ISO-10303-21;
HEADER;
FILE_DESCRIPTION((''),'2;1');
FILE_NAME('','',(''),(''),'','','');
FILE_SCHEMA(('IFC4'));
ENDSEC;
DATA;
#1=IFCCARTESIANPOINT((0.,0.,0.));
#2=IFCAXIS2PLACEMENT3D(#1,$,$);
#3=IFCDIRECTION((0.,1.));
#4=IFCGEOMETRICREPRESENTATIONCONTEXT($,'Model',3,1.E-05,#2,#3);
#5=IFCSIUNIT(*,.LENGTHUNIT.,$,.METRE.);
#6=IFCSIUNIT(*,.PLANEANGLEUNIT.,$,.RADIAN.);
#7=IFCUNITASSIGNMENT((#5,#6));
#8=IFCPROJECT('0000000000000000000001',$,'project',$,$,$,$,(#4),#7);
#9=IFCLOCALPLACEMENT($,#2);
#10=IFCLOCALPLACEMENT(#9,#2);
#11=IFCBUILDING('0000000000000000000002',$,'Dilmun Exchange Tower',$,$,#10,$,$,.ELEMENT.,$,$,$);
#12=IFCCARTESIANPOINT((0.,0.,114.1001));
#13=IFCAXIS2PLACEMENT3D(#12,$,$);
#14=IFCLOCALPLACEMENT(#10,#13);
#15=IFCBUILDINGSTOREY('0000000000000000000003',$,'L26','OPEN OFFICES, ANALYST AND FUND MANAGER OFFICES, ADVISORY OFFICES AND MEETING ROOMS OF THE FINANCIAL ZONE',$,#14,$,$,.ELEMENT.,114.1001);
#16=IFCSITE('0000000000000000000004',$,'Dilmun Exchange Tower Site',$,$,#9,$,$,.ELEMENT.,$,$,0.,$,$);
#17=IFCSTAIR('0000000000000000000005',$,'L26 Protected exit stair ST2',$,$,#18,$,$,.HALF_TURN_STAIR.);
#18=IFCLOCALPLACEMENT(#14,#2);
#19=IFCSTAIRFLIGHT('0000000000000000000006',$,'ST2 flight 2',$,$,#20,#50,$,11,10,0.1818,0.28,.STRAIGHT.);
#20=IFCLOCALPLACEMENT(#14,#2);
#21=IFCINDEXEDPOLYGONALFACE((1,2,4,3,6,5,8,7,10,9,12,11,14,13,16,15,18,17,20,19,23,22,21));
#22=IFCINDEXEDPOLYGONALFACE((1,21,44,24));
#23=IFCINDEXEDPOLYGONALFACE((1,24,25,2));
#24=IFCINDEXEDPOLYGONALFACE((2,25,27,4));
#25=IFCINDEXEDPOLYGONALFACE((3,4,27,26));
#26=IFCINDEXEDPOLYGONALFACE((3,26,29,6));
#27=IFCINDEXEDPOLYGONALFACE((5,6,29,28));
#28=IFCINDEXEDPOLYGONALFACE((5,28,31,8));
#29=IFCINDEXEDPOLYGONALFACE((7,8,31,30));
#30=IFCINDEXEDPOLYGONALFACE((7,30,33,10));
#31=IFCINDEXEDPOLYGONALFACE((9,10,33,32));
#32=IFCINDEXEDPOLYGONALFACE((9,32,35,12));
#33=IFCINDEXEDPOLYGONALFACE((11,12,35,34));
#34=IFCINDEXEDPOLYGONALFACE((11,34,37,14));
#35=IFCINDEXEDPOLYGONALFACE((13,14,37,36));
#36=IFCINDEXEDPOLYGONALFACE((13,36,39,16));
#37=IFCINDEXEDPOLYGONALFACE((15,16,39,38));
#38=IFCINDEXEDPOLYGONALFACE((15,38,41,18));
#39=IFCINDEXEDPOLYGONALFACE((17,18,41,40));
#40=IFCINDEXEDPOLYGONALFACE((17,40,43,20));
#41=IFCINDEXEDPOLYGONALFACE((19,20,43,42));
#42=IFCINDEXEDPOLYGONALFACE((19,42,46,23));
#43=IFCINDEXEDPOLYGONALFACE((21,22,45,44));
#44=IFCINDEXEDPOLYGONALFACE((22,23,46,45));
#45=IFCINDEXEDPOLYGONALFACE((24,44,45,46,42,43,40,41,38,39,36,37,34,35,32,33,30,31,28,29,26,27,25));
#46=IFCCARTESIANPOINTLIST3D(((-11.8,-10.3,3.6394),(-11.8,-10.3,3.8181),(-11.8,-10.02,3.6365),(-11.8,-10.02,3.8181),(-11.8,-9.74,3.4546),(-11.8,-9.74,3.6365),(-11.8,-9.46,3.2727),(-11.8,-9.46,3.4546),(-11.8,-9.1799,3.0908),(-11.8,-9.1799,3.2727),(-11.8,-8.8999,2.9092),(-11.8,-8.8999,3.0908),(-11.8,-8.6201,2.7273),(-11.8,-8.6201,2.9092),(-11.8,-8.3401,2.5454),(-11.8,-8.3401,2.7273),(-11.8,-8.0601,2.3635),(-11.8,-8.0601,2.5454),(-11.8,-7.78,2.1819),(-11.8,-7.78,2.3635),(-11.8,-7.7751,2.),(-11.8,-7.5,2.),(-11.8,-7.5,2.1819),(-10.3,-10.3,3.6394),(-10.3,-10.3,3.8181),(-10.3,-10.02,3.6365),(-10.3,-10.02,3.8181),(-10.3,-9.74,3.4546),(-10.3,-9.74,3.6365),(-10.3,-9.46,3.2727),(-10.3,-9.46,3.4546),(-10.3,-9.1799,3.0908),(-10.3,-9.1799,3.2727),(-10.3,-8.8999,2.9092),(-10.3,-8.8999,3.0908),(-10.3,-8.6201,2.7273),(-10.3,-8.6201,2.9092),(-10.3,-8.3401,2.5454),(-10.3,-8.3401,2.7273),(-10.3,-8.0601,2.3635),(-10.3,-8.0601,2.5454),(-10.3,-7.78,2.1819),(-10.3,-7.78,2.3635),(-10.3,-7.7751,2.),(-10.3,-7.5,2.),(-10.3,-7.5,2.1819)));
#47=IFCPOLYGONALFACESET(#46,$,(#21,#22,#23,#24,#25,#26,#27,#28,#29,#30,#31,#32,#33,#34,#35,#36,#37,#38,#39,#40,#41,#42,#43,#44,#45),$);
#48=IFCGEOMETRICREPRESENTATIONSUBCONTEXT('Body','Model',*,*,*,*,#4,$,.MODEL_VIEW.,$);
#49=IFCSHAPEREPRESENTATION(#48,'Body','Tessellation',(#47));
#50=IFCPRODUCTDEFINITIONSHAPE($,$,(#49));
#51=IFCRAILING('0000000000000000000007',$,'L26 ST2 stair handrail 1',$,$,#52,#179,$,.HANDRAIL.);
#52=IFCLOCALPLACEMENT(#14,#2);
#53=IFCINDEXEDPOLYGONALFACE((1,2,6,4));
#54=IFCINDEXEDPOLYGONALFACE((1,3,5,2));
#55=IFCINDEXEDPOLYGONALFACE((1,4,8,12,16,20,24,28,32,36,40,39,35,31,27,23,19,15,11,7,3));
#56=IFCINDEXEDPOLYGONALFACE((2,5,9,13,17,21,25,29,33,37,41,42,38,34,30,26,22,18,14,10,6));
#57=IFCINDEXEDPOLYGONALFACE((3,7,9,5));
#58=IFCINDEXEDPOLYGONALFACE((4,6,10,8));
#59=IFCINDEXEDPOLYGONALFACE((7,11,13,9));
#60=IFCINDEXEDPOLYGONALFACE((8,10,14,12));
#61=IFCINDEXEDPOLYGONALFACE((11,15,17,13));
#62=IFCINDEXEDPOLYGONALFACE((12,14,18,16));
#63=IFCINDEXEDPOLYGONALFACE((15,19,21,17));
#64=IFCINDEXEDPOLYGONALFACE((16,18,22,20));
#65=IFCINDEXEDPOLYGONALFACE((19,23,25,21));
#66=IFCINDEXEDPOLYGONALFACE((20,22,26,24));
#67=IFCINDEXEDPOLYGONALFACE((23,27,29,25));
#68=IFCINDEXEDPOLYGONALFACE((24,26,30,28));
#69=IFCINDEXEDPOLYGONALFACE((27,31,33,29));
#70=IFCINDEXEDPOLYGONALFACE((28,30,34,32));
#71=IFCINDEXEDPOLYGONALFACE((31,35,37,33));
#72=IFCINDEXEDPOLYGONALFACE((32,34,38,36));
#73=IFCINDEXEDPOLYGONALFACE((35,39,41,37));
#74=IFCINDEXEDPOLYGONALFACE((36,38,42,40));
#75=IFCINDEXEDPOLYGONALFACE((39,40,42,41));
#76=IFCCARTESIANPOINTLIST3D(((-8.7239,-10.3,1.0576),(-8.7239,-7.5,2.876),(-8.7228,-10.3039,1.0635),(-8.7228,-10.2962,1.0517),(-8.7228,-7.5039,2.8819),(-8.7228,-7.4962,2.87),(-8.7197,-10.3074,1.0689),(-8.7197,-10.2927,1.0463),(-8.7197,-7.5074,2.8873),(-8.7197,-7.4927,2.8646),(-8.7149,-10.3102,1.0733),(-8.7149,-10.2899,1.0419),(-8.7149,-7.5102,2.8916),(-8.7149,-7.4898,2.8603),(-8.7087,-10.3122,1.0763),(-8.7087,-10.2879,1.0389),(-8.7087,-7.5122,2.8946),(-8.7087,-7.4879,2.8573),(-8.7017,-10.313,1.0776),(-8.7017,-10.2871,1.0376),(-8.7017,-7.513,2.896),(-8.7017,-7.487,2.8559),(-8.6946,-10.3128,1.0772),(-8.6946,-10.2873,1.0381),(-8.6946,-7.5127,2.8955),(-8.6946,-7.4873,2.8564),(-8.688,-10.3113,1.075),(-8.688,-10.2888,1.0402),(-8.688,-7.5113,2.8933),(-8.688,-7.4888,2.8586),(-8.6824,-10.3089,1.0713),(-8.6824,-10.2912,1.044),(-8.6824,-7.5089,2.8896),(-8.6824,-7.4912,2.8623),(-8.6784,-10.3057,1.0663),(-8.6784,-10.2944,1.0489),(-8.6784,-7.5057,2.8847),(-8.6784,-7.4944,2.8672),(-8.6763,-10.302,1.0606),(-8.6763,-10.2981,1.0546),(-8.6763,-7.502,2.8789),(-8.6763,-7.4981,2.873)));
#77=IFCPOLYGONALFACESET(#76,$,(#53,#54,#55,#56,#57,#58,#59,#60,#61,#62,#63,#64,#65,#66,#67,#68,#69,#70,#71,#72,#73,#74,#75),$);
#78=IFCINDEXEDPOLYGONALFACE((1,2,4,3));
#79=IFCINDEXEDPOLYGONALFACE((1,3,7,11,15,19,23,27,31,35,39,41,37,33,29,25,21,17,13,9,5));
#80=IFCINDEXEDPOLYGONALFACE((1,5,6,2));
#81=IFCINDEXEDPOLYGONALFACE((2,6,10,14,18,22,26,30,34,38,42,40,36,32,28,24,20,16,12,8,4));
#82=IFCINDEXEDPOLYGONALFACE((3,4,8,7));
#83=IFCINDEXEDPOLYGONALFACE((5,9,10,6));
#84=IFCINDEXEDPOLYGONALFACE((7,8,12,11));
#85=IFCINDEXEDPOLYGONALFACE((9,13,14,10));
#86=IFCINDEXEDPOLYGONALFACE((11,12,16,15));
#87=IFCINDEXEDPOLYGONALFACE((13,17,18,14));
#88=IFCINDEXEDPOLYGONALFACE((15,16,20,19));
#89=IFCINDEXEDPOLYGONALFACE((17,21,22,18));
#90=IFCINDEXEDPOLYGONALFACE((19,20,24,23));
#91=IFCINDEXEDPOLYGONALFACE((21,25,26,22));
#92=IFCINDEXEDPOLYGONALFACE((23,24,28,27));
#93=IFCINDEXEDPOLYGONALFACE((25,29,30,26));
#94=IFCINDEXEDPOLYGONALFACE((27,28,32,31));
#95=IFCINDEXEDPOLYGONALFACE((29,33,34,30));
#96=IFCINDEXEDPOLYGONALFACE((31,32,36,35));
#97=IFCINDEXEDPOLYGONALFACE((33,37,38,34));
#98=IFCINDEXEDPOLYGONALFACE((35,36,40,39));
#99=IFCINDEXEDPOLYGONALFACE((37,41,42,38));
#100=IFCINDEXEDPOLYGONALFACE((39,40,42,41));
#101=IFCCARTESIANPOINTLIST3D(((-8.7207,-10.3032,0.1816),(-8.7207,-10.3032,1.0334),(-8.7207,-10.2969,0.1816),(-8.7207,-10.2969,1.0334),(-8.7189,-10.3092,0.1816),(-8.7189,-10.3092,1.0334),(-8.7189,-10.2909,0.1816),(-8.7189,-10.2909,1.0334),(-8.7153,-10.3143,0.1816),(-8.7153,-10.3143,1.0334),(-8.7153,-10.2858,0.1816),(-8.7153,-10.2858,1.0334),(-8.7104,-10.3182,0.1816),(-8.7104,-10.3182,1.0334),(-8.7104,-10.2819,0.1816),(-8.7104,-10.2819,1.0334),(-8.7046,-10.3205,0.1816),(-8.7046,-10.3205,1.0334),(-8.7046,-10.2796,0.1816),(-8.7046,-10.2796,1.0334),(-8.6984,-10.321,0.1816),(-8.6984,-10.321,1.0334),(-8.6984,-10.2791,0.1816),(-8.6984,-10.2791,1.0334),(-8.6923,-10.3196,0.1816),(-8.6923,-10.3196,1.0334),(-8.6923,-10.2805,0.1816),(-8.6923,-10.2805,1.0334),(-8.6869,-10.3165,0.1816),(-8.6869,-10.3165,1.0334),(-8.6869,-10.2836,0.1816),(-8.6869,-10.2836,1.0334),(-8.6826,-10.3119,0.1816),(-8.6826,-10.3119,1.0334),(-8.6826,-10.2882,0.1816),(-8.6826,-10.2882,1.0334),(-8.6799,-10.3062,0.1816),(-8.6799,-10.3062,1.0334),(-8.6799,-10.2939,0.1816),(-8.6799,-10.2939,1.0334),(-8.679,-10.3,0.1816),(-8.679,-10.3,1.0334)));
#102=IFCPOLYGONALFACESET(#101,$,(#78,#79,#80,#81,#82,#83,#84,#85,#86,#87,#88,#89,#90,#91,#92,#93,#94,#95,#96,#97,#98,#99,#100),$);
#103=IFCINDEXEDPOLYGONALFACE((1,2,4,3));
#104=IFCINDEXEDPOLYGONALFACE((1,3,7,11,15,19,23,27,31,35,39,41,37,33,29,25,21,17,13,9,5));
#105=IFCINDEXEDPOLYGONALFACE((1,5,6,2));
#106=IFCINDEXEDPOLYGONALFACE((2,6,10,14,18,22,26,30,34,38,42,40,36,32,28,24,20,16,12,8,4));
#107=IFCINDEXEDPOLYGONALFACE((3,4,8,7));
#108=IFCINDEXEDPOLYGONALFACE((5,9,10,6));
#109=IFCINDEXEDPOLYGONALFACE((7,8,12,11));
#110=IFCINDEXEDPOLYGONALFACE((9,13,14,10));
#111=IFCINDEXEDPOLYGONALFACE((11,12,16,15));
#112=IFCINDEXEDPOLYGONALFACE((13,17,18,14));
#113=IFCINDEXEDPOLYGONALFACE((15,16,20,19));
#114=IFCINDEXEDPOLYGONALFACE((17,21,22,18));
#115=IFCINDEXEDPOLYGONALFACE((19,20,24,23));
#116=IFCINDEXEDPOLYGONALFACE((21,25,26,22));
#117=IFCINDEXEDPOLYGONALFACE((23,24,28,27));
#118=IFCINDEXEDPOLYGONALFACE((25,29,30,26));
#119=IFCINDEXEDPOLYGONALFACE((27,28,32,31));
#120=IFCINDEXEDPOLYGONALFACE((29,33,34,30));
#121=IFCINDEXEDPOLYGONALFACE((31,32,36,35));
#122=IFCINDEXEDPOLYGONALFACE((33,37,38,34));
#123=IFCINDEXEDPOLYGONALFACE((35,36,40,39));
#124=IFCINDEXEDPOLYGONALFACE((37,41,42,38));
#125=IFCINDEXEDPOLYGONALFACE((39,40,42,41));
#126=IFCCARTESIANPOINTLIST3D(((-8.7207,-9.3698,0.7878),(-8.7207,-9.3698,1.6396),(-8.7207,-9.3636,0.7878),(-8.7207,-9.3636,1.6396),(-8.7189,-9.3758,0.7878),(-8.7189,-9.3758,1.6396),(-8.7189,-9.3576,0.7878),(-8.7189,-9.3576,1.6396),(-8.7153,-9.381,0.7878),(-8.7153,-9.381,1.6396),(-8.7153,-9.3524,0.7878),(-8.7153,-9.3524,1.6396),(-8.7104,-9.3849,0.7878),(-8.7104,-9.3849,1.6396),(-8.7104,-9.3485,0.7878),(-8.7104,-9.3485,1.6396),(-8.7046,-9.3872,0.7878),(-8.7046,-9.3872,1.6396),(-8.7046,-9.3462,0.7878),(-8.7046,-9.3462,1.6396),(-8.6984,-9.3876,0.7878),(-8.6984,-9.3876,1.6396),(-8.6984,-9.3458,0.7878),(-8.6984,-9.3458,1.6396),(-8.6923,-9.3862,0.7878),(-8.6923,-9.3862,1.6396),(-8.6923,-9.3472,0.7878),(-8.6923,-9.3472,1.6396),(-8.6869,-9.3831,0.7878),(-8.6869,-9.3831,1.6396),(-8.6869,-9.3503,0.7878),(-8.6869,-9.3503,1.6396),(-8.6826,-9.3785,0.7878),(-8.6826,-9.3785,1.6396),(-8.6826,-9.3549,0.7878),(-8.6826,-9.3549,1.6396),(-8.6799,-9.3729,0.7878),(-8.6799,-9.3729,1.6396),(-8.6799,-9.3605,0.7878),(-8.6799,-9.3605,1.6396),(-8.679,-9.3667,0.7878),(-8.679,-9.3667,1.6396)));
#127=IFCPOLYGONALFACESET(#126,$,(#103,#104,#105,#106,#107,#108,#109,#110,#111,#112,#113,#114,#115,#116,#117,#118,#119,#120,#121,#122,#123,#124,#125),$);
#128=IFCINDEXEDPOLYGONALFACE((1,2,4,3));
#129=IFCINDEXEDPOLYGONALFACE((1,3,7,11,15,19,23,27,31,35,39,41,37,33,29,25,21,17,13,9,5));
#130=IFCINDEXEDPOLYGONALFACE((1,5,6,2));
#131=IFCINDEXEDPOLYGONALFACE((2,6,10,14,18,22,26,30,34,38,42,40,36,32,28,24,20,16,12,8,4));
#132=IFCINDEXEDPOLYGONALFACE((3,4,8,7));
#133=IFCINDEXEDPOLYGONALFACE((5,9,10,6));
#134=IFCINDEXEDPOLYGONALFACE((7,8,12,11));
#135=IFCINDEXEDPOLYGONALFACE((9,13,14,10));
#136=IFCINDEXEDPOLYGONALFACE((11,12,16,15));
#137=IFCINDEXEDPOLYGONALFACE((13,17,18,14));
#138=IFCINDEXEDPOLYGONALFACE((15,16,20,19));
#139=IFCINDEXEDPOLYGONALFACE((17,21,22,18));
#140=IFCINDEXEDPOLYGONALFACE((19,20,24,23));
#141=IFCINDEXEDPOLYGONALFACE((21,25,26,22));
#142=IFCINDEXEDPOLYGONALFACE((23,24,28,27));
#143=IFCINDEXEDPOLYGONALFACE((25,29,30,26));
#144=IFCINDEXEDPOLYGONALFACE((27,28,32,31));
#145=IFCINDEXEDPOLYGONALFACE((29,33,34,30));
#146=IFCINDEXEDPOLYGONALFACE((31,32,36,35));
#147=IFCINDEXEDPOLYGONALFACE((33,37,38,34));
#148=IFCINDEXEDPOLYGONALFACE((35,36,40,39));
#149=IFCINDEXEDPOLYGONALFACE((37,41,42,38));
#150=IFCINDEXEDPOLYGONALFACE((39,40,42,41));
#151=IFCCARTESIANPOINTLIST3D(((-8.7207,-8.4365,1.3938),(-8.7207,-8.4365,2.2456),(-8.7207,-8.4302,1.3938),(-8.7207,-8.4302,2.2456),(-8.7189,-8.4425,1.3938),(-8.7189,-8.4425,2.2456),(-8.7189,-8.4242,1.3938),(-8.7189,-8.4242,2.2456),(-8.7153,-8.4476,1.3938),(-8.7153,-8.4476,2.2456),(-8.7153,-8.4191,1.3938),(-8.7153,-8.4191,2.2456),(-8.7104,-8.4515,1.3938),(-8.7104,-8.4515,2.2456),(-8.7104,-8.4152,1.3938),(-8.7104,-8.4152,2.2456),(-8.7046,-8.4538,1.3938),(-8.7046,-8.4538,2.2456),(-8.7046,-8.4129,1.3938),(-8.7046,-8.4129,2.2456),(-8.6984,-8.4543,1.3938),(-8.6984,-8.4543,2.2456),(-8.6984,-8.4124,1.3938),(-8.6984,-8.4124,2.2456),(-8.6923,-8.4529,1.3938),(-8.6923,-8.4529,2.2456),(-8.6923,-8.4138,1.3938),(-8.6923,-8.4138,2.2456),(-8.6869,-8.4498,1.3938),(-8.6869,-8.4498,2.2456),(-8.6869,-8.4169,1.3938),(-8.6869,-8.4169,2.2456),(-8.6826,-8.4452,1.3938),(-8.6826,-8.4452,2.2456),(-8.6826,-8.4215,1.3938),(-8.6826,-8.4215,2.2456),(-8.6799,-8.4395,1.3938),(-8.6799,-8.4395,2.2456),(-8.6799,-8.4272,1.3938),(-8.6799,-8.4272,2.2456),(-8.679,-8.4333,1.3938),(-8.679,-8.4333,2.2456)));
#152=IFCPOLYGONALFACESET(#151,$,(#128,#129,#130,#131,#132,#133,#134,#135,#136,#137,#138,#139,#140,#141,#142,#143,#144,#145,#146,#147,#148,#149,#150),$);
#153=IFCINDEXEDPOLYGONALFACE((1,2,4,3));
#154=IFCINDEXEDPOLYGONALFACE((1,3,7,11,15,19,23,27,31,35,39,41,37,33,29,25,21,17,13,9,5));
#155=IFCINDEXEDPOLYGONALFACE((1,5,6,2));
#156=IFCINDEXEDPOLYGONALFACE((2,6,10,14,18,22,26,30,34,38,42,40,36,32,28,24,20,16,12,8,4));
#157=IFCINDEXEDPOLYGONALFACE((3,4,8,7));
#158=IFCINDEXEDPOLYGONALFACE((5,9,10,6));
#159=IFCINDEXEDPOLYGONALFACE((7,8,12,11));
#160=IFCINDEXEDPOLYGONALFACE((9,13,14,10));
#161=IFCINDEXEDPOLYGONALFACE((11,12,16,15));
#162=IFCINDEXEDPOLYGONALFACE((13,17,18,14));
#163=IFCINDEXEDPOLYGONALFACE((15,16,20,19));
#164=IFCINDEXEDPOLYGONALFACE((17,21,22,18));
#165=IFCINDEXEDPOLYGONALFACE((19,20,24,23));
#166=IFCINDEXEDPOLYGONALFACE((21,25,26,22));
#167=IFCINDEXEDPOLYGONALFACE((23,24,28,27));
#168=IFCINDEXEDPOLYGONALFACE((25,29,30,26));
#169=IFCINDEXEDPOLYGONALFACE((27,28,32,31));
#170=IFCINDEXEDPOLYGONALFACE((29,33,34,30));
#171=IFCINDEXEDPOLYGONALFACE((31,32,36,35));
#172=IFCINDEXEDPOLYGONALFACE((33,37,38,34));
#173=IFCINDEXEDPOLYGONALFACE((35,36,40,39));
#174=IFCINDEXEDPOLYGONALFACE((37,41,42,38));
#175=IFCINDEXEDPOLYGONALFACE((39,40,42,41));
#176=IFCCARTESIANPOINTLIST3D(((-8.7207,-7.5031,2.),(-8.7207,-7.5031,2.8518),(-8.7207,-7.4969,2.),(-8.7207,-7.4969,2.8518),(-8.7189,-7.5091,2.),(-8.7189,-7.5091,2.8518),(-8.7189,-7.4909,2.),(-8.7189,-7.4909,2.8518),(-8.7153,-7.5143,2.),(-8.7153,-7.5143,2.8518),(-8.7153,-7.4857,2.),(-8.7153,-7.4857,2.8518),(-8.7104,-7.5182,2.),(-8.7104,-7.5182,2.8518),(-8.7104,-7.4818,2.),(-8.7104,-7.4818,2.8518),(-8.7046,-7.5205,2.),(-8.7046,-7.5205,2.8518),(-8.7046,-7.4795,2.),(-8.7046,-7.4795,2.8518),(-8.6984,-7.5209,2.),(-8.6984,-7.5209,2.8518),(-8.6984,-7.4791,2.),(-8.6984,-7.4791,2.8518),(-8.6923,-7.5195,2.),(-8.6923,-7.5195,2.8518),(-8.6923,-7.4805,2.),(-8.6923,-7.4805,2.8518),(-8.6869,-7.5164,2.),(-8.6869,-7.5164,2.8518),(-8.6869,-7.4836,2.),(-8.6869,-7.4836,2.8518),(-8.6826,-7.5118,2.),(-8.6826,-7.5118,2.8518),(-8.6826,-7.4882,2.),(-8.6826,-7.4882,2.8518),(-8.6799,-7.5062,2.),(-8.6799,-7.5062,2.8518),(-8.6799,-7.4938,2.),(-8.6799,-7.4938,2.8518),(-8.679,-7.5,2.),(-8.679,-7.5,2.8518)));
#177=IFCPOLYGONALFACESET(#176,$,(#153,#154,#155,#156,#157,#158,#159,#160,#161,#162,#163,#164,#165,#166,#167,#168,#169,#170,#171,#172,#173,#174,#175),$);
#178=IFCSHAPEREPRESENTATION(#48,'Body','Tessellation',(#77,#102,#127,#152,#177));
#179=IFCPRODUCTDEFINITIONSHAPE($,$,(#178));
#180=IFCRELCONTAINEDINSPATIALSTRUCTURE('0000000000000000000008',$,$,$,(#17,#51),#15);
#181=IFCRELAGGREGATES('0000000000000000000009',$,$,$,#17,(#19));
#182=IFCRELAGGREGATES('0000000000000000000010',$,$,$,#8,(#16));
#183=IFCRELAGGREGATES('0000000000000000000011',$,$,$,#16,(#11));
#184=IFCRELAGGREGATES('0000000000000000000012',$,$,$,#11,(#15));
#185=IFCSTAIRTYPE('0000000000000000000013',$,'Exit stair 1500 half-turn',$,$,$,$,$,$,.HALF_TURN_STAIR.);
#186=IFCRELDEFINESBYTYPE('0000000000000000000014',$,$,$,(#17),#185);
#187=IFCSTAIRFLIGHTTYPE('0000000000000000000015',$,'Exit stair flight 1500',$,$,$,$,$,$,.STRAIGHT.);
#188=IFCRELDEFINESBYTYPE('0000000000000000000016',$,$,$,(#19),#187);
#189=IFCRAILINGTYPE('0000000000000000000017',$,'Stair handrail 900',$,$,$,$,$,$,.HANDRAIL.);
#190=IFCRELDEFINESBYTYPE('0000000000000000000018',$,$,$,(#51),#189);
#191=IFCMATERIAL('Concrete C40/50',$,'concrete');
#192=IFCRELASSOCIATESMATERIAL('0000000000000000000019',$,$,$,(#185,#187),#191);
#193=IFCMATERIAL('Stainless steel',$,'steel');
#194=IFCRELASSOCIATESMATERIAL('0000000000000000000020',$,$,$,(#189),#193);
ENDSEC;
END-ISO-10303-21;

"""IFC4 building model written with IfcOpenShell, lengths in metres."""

from ifc_helpers import new_model, si_unit, direction, frame, origin, origin_2d, place, context, subcontext, project, spatial, polyline, circle, outline, extrude, material, type_object, element, aggregate, save


model = new_model("IFC4")

# Units and contexts
model_context = context("Model", 3, precision=1e-05, world=origin(), true_north=direction((0.0, 1.0)))
body_context = subcontext(model_context, "Body", "Model", "MODEL_VIEW")
ifc_project = project(units=[si_unit("LENGTHUNIT", "METRE"), si_unit("PLANEANGLEUNIT", "RADIAN")], contexts=[model_context])

# Site, building, storey
site_placement = place(None, origin())
site = spatial("IfcSite", under=ifc_project, at=site_placement, Name="Dilmun Exchange Tower Site", CompositionType="ELEMENT", RefElevation=0.0)
building_placement = place(site_placement, origin())
building = spatial("IfcBuilding", under=site, at=building_placement, Name="Dilmun Exchange Tower", CompositionType="ELEMENT")
storey_placement = place(building_placement, frame((0.0, 0.0, 114.1001)))
storey = spatial("IfcBuildingStorey", under=building, at=storey_placement, Name="L26", Description="OPEN OFFICES, ANALYST AND FUND MANAGER OFFICES, ADVISORY OFFICES AND MEETING ROOMS OF THE FINANCIAL ZONE", CompositionType="ELEMENT", Elevation=114.1001)

# Shared definitions
ifc_material_1 = material(Name="Concrete C40/50", Category="concrete")

# Stair, stair flight
stair_type = type_object("IfcStairType", Name="Exit stair 1500 half-turn", PredefinedType="HALF_TURN_STAIR", material=ifc_material_1)
stair_placement = place(storey_placement, origin())
stair = element("IfcStair", 1, at=stair_placement, inside=storey, type_object=stair_type, Name="L26 Protected exit stair ST2", PredefinedType="HALF_TURN_STAIR")
stair_flight_type = type_object("IfcStairFlightType", Name="Exit stair flight 1500", PredefinedType="STRAIGHT", material=ifc_material_1)
stair_flight_placement = place(storey_placement, frame((-11.05, -7.5, 2.0), z_axis=(0.0, 0.0, 1.0), x_axis=(0.0, -1.0, 0.0)))
stair_flight = element("IfcStairFlight", 2, at=stair_flight_placement, type_object=stair_flight_type, Name="ST2 flight 2", NumberOfRisers=11, NumberOfTreads=10, PredefinedType="STRAIGHT", RiserHeight=0.1818, TreadLength=0.28, context=body_context, shape_type="SweptSolid", body=[
    extrude(outline(polyline([(0.0, 0.0), (0.0, 0.1819), (0.28, 0.1819), (0.28, 0.3635), (0.5601, 0.3635), (0.5601, 0.5454), (0.8401, 0.5454), (0.8401, 0.7273), (1.1201, 0.7273), (1.1201, 0.9092), (1.3999, 0.9092), (1.3999, 1.0908), (1.6799, 1.0908), (1.6799, 1.2727), (1.96, 1.2727), (1.96, 1.4546), (2.24, 1.4546), (2.24, 1.6365), (2.52, 1.6365), (2.52, 1.8181), (2.8, 1.8181), (2.8, 2.0), (2.8, 1.6394), (0.2751, 0.0), (0.0, 0.0)])), frame((0.0, 0.75, 0.0), z_axis=(0.0, -1.0, 0.0), x_axis=(1.0, 0.0, 0.0)), (0.0, 0.0, 1.0), 1.5),
])
aggregate(stair, [stair_flight])

# Railing
ifc_material_2 = material(Name="Stainless steel", Category="steel")
railing_type = type_object("IfcRailingType", Name="Stair handrail 900", PredefinedType="HANDRAIL", material=ifc_material_2)
railing_1_placement = place(storey_placement, frame((-8.7, -10.3, 0.1816)))
element("IfcRailing", 3, at=railing_1_placement, inside=storey, type_object=railing_type, Name="L26 ST2 stair handrail 1", PredefinedType="HANDRAIL", context=body_context, shape_type="SweptSolid", body=[
    extrude(circle(Radius=0.0239, at=origin_2d()), frame((0.0, 0.0, 0.876), z_axis=(0.0, 0.838672, 0.544636), x_axis=(-1.0, 0.0, 0.0)), (0.0, 0.0, 1.0), 3.3386),
    extrude(circle(Radius=0.021, at=origin_2d()), origin(), (0.0, 0.0, 1.0), 0.8518),
    extrude(circle(Radius=0.021, at=origin_2d()), frame((0.0, 0.9333, 0.6062)), (0.0, 0.0, 1.0), 0.8518),
    extrude(circle(Radius=0.021, at=origin_2d()), frame((0.0, 1.8667, 1.2122)), (0.0, 0.0, 1.0), 0.8518),
    extrude(circle(Radius=0.021, at=origin_2d()), frame((0.0, 2.8, 1.8184)), (0.0, 0.0, 1.0), 0.8518),
])

save(model, "model.ifc")
